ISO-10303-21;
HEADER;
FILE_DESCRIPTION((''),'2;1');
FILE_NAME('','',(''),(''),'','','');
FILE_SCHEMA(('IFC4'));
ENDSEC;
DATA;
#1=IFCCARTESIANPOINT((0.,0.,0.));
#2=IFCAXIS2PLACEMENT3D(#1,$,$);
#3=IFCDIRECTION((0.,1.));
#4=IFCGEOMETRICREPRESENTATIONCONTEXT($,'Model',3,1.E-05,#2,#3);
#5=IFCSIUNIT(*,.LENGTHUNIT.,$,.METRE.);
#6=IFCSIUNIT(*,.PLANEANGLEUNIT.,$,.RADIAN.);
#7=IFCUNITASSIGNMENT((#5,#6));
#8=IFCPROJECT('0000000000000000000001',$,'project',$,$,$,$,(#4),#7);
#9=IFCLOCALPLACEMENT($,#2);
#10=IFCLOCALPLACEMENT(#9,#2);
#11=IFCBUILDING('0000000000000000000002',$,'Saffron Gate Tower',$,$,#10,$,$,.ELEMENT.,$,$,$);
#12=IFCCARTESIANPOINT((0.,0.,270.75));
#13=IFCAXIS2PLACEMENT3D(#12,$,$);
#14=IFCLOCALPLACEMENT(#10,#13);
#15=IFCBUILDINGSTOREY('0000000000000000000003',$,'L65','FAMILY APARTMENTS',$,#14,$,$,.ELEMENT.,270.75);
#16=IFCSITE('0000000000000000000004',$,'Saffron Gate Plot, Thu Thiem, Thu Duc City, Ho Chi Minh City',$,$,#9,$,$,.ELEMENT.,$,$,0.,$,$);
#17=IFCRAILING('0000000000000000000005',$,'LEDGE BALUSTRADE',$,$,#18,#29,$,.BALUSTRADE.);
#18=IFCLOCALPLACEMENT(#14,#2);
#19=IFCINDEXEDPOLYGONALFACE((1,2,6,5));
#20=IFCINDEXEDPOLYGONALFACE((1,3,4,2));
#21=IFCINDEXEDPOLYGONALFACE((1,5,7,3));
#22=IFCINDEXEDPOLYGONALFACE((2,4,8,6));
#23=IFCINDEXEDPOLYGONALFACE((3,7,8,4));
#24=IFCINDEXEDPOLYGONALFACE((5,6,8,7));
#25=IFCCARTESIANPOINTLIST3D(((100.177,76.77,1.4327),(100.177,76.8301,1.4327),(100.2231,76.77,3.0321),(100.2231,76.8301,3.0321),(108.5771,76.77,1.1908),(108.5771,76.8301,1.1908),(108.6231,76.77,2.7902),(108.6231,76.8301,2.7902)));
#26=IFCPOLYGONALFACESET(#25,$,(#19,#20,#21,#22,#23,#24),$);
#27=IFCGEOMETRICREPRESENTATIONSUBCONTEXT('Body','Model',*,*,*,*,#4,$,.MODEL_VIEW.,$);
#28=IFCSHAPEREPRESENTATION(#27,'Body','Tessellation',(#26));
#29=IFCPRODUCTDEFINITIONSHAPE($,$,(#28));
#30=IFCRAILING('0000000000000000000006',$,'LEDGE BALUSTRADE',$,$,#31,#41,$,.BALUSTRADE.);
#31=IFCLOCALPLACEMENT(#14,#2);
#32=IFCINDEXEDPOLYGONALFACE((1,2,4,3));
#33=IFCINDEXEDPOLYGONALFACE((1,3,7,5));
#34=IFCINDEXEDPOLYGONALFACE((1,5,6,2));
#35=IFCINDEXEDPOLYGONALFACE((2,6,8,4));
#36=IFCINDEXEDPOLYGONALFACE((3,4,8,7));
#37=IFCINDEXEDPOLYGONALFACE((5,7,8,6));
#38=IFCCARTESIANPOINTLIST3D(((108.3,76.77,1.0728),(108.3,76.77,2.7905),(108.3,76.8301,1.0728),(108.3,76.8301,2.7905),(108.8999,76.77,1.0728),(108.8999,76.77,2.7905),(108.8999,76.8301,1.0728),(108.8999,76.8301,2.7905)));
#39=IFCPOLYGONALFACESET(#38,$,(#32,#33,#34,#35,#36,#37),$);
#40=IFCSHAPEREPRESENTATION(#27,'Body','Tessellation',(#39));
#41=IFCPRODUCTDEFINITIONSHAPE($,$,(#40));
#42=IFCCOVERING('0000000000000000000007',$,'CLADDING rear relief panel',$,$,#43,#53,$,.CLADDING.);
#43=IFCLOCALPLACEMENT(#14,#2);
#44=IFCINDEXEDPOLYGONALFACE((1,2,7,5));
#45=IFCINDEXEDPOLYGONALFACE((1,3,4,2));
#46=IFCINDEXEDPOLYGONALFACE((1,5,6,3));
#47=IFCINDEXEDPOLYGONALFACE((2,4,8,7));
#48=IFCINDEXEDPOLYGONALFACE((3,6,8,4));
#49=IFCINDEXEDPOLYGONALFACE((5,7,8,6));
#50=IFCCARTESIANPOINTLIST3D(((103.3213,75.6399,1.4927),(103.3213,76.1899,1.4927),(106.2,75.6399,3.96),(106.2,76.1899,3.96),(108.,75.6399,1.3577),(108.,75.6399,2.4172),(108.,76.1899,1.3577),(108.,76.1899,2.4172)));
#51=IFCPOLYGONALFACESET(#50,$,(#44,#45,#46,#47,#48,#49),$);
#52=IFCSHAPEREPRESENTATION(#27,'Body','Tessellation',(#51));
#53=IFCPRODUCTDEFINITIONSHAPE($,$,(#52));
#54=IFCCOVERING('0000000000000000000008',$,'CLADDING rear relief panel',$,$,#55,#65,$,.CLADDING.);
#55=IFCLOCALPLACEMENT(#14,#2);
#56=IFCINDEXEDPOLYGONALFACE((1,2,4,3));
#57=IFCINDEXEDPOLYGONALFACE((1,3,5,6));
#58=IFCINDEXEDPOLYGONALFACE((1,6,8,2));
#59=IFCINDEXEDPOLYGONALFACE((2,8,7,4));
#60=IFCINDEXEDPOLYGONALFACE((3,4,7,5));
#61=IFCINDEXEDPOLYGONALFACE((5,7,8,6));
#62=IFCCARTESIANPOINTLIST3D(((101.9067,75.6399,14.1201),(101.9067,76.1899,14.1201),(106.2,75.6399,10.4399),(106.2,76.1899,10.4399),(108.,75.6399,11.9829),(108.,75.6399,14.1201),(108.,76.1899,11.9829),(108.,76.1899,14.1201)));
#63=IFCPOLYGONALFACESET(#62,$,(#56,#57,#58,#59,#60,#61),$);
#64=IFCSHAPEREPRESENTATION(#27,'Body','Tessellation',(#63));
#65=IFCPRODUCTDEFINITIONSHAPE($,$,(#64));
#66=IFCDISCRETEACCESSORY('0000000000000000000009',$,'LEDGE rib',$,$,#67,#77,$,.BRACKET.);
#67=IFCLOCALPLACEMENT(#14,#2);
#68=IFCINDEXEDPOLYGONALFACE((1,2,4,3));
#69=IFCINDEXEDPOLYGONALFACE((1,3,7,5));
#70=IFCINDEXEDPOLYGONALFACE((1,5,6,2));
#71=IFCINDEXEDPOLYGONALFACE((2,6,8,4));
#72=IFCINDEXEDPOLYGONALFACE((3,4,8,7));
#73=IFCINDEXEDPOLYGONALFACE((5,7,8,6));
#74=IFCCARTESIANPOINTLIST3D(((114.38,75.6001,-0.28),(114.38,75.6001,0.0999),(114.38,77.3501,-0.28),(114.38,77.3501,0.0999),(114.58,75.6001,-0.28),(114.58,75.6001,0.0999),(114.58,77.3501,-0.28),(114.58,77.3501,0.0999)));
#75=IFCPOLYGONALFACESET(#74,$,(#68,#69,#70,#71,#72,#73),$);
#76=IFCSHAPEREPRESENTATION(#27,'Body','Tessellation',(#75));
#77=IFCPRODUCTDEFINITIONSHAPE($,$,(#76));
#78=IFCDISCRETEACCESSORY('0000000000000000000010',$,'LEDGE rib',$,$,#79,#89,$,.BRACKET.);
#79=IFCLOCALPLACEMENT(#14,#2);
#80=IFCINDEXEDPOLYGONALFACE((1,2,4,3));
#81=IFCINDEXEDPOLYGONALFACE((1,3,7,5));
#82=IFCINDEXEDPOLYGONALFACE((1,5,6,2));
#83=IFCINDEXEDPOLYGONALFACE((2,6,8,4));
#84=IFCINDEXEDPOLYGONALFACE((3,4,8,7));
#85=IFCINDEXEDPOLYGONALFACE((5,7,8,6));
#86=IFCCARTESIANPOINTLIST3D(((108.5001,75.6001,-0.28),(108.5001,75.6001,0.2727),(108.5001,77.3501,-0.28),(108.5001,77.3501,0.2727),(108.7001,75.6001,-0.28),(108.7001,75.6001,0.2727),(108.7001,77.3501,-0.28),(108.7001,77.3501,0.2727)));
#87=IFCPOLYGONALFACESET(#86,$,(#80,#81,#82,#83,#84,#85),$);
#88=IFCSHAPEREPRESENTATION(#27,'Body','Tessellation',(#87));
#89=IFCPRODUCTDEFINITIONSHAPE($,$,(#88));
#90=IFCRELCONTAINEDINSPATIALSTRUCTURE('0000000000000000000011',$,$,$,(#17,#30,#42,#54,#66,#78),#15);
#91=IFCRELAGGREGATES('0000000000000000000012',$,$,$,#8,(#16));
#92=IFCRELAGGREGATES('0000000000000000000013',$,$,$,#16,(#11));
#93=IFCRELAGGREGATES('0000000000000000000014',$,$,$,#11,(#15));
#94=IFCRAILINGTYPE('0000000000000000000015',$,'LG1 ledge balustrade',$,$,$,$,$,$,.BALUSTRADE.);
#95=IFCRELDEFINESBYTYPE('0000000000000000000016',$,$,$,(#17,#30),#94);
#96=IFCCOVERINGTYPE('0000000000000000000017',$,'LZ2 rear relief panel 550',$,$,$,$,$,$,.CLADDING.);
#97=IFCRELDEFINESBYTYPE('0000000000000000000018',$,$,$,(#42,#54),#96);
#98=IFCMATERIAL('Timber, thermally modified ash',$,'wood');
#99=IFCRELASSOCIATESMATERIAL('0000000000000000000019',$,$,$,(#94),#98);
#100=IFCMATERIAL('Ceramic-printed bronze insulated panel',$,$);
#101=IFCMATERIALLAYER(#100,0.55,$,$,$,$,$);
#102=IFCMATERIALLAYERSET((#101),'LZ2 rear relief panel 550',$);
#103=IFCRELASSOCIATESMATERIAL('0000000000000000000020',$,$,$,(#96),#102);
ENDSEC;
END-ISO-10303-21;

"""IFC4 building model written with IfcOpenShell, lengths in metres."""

from ifc_helpers import new_model, si_unit, direction, frame, origin, origin_2d, place, context, subcontext, project, spatial, polyline, rectangle, outline, extrude, material, layer, layer_set, type_object, element, save


model = new_model("IFC4")

# Units and contexts
model_context = context("Model", 3, precision=1e-05, world=origin(), true_north=direction((0.0, 1.0)))
body_context = subcontext(model_context, "Body", "Model", "MODEL_VIEW")
ifc_project = project(units=[si_unit("LENGTHUNIT", "METRE"), si_unit("PLANEANGLEUNIT", "RADIAN")], contexts=[model_context])

# Site, building, storey
site_placement = place(None, origin())
site = spatial("IfcSite", under=ifc_project, at=site_placement, Name="Saffron Gate Plot, Thu Thiem, Thu Duc City, Ho Chi Minh City", CompositionType="ELEMENT", RefElevation=0.0)
building_placement = place(site_placement, origin())
building = spatial("IfcBuilding", under=site, at=building_placement, Name="Saffron Gate Tower", CompositionType="ELEMENT")
storey_placement = place(building_placement, frame((0.0, 0.0, 270.75)))
storey = spatial("IfcBuildingStorey", under=building, at=storey_placement, Name="L65", Description="FAMILY APARTMENTS", CompositionType="ELEMENT", Elevation=270.75)

# Shared definitions
ifc_material_1 = material(Name="Timber, thermally modified ash", Category="wood")

# Railings
railing_type = type_object("IfcRailingType", Name="LG1 ledge balustrade", PredefinedType="BALUSTRADE", material=ifc_material_1)
railing_1_placement = place(storey_placement, frame((108.6001, 76.8, 1.1904)))
element("IfcRailing", 1, at=railing_1_placement, inside=storey, type_object=railing_type, Name="LEDGE BALUSTRADE", PredefinedType="BALUSTRADE", context=body_context, shape_type="SweptSolid", body=[
    extrude(rectangle(XDim=0.0601, YDim=1.6001, at=origin_2d()), frame((0.0, 0.0, 0.8), z_axis=(-0.999585, 0.0, 0.02879), x_axis=(0.0, -1.0, 0.0)), (0.0, 0.0, 1.0), 8.4036),
])
railing_2_placement = place(storey_placement, frame((108.8999, 76.8, 1.0728)))
element("IfcRailing", 2, at=railing_2_placement, inside=storey, type_object=railing_type, Name="LEDGE BALUSTRADE", PredefinedType="BALUSTRADE", context=body_context, shape_type="SweptSolid", body=[
    extrude(rectangle(XDim=0.0601, YDim=1.7178, at=origin_2d()), frame((0.0, 0.0, 0.8589), z_axis=(-1.0, 0.0, 0.0), x_axis=(0.0, -1.0, 0.0)), (0.0, 0.0, 1.0), 0.5999),
])

# Coverings
ifc_material_2 = material(Name="Ceramic-printed bronze insulated panel")
ifc_layer_1 = layer(ifc_material_2, 0.55)
ifc_layer_set_1 = layer_set([ifc_layer_1], Name="LZ2 rear relief panel 550")
covering_type_1 = type_object("IfcCoveringType", Name="LZ2 rear relief panel 550", PredefinedType="CLADDING", material=ifc_layer_set_1)
covering_1_placement = place(storey_placement, frame((106.2, 76.1899, 3.96), z_axis=(0.0, 1.0, 0.0), x_axis=(0.759293, 0.0, -0.650749)))
element("IfcCovering", 3, at=covering_1_placement, inside=storey, type_object=covering_type_1, Name="CLADDING rear relief panel", PredefinedType="CLADDING", context=body_context, shape_type="SweptSolid", body=[
    extrude(outline(polyline([(0.0, 0.0), (2.3707, 0.0), (3.0602, 0.8045), (-0.5802, 3.7467), (0.0, 0.0)])), origin(), (0.0, 0.0, -1.0), 0.55),
])
covering_2_placement = place(storey_placement, frame((106.2, 76.1899, 10.4399), z_axis=(0.0, 1.0, 0.0), x_axis=(-0.759232, 0.0, 0.65082)))
element("IfcCovering", 4, at=covering_2_placement, inside=storey, type_object=covering_type_1, Name="CLADDING rear relief panel", PredefinedType="CLADDING", context=body_context, shape_type="SweptSolid", body=[
    extrude(outline(polyline([(0.0, 0.0), (5.6547, 0.0), (1.0285, 3.9656), (-0.3625, 2.343), (0.0, 0.0)])), origin(), (0.0, 0.0, -1.0), 0.55),
])

# Discrete accessories
discrete_accessory_1_placement = place(storey_placement, frame((114.48, 76.4751, -0.28), z_axis=(0.0, 0.0, 1.0), x_axis=(-1.0, 0.0, 0.0)))
element("IfcDiscreteAccessory", 5, at=discrete_accessory_1_placement, inside=storey, Name="LEDGE rib", PredefinedType="BRACKET", context=body_context, shape_type="SweptSolid", body=[
    extrude(rectangle(XDim=0.2, YDim=1.75, at=origin_2d()), origin(), (0.0, 0.0, 1.0), 0.3799),
])
discrete_accessory_2_placement = place(storey_placement, frame((108.6001, 76.4751, -0.28), z_axis=(0.0, 0.0, 1.0), x_axis=(-1.0, 0.0, 0.0)))
element("IfcDiscreteAccessory", 6, at=discrete_accessory_2_placement, inside=storey, Name="LEDGE rib", PredefinedType="BRACKET", context=body_context, shape_type="SweptSolid", body=[
    extrude(rectangle(XDim=0.2, YDim=1.75, at=origin_2d()), origin(), (0.0, 0.0, 1.0), 0.5527),
])

save(model, "model.ifc")
